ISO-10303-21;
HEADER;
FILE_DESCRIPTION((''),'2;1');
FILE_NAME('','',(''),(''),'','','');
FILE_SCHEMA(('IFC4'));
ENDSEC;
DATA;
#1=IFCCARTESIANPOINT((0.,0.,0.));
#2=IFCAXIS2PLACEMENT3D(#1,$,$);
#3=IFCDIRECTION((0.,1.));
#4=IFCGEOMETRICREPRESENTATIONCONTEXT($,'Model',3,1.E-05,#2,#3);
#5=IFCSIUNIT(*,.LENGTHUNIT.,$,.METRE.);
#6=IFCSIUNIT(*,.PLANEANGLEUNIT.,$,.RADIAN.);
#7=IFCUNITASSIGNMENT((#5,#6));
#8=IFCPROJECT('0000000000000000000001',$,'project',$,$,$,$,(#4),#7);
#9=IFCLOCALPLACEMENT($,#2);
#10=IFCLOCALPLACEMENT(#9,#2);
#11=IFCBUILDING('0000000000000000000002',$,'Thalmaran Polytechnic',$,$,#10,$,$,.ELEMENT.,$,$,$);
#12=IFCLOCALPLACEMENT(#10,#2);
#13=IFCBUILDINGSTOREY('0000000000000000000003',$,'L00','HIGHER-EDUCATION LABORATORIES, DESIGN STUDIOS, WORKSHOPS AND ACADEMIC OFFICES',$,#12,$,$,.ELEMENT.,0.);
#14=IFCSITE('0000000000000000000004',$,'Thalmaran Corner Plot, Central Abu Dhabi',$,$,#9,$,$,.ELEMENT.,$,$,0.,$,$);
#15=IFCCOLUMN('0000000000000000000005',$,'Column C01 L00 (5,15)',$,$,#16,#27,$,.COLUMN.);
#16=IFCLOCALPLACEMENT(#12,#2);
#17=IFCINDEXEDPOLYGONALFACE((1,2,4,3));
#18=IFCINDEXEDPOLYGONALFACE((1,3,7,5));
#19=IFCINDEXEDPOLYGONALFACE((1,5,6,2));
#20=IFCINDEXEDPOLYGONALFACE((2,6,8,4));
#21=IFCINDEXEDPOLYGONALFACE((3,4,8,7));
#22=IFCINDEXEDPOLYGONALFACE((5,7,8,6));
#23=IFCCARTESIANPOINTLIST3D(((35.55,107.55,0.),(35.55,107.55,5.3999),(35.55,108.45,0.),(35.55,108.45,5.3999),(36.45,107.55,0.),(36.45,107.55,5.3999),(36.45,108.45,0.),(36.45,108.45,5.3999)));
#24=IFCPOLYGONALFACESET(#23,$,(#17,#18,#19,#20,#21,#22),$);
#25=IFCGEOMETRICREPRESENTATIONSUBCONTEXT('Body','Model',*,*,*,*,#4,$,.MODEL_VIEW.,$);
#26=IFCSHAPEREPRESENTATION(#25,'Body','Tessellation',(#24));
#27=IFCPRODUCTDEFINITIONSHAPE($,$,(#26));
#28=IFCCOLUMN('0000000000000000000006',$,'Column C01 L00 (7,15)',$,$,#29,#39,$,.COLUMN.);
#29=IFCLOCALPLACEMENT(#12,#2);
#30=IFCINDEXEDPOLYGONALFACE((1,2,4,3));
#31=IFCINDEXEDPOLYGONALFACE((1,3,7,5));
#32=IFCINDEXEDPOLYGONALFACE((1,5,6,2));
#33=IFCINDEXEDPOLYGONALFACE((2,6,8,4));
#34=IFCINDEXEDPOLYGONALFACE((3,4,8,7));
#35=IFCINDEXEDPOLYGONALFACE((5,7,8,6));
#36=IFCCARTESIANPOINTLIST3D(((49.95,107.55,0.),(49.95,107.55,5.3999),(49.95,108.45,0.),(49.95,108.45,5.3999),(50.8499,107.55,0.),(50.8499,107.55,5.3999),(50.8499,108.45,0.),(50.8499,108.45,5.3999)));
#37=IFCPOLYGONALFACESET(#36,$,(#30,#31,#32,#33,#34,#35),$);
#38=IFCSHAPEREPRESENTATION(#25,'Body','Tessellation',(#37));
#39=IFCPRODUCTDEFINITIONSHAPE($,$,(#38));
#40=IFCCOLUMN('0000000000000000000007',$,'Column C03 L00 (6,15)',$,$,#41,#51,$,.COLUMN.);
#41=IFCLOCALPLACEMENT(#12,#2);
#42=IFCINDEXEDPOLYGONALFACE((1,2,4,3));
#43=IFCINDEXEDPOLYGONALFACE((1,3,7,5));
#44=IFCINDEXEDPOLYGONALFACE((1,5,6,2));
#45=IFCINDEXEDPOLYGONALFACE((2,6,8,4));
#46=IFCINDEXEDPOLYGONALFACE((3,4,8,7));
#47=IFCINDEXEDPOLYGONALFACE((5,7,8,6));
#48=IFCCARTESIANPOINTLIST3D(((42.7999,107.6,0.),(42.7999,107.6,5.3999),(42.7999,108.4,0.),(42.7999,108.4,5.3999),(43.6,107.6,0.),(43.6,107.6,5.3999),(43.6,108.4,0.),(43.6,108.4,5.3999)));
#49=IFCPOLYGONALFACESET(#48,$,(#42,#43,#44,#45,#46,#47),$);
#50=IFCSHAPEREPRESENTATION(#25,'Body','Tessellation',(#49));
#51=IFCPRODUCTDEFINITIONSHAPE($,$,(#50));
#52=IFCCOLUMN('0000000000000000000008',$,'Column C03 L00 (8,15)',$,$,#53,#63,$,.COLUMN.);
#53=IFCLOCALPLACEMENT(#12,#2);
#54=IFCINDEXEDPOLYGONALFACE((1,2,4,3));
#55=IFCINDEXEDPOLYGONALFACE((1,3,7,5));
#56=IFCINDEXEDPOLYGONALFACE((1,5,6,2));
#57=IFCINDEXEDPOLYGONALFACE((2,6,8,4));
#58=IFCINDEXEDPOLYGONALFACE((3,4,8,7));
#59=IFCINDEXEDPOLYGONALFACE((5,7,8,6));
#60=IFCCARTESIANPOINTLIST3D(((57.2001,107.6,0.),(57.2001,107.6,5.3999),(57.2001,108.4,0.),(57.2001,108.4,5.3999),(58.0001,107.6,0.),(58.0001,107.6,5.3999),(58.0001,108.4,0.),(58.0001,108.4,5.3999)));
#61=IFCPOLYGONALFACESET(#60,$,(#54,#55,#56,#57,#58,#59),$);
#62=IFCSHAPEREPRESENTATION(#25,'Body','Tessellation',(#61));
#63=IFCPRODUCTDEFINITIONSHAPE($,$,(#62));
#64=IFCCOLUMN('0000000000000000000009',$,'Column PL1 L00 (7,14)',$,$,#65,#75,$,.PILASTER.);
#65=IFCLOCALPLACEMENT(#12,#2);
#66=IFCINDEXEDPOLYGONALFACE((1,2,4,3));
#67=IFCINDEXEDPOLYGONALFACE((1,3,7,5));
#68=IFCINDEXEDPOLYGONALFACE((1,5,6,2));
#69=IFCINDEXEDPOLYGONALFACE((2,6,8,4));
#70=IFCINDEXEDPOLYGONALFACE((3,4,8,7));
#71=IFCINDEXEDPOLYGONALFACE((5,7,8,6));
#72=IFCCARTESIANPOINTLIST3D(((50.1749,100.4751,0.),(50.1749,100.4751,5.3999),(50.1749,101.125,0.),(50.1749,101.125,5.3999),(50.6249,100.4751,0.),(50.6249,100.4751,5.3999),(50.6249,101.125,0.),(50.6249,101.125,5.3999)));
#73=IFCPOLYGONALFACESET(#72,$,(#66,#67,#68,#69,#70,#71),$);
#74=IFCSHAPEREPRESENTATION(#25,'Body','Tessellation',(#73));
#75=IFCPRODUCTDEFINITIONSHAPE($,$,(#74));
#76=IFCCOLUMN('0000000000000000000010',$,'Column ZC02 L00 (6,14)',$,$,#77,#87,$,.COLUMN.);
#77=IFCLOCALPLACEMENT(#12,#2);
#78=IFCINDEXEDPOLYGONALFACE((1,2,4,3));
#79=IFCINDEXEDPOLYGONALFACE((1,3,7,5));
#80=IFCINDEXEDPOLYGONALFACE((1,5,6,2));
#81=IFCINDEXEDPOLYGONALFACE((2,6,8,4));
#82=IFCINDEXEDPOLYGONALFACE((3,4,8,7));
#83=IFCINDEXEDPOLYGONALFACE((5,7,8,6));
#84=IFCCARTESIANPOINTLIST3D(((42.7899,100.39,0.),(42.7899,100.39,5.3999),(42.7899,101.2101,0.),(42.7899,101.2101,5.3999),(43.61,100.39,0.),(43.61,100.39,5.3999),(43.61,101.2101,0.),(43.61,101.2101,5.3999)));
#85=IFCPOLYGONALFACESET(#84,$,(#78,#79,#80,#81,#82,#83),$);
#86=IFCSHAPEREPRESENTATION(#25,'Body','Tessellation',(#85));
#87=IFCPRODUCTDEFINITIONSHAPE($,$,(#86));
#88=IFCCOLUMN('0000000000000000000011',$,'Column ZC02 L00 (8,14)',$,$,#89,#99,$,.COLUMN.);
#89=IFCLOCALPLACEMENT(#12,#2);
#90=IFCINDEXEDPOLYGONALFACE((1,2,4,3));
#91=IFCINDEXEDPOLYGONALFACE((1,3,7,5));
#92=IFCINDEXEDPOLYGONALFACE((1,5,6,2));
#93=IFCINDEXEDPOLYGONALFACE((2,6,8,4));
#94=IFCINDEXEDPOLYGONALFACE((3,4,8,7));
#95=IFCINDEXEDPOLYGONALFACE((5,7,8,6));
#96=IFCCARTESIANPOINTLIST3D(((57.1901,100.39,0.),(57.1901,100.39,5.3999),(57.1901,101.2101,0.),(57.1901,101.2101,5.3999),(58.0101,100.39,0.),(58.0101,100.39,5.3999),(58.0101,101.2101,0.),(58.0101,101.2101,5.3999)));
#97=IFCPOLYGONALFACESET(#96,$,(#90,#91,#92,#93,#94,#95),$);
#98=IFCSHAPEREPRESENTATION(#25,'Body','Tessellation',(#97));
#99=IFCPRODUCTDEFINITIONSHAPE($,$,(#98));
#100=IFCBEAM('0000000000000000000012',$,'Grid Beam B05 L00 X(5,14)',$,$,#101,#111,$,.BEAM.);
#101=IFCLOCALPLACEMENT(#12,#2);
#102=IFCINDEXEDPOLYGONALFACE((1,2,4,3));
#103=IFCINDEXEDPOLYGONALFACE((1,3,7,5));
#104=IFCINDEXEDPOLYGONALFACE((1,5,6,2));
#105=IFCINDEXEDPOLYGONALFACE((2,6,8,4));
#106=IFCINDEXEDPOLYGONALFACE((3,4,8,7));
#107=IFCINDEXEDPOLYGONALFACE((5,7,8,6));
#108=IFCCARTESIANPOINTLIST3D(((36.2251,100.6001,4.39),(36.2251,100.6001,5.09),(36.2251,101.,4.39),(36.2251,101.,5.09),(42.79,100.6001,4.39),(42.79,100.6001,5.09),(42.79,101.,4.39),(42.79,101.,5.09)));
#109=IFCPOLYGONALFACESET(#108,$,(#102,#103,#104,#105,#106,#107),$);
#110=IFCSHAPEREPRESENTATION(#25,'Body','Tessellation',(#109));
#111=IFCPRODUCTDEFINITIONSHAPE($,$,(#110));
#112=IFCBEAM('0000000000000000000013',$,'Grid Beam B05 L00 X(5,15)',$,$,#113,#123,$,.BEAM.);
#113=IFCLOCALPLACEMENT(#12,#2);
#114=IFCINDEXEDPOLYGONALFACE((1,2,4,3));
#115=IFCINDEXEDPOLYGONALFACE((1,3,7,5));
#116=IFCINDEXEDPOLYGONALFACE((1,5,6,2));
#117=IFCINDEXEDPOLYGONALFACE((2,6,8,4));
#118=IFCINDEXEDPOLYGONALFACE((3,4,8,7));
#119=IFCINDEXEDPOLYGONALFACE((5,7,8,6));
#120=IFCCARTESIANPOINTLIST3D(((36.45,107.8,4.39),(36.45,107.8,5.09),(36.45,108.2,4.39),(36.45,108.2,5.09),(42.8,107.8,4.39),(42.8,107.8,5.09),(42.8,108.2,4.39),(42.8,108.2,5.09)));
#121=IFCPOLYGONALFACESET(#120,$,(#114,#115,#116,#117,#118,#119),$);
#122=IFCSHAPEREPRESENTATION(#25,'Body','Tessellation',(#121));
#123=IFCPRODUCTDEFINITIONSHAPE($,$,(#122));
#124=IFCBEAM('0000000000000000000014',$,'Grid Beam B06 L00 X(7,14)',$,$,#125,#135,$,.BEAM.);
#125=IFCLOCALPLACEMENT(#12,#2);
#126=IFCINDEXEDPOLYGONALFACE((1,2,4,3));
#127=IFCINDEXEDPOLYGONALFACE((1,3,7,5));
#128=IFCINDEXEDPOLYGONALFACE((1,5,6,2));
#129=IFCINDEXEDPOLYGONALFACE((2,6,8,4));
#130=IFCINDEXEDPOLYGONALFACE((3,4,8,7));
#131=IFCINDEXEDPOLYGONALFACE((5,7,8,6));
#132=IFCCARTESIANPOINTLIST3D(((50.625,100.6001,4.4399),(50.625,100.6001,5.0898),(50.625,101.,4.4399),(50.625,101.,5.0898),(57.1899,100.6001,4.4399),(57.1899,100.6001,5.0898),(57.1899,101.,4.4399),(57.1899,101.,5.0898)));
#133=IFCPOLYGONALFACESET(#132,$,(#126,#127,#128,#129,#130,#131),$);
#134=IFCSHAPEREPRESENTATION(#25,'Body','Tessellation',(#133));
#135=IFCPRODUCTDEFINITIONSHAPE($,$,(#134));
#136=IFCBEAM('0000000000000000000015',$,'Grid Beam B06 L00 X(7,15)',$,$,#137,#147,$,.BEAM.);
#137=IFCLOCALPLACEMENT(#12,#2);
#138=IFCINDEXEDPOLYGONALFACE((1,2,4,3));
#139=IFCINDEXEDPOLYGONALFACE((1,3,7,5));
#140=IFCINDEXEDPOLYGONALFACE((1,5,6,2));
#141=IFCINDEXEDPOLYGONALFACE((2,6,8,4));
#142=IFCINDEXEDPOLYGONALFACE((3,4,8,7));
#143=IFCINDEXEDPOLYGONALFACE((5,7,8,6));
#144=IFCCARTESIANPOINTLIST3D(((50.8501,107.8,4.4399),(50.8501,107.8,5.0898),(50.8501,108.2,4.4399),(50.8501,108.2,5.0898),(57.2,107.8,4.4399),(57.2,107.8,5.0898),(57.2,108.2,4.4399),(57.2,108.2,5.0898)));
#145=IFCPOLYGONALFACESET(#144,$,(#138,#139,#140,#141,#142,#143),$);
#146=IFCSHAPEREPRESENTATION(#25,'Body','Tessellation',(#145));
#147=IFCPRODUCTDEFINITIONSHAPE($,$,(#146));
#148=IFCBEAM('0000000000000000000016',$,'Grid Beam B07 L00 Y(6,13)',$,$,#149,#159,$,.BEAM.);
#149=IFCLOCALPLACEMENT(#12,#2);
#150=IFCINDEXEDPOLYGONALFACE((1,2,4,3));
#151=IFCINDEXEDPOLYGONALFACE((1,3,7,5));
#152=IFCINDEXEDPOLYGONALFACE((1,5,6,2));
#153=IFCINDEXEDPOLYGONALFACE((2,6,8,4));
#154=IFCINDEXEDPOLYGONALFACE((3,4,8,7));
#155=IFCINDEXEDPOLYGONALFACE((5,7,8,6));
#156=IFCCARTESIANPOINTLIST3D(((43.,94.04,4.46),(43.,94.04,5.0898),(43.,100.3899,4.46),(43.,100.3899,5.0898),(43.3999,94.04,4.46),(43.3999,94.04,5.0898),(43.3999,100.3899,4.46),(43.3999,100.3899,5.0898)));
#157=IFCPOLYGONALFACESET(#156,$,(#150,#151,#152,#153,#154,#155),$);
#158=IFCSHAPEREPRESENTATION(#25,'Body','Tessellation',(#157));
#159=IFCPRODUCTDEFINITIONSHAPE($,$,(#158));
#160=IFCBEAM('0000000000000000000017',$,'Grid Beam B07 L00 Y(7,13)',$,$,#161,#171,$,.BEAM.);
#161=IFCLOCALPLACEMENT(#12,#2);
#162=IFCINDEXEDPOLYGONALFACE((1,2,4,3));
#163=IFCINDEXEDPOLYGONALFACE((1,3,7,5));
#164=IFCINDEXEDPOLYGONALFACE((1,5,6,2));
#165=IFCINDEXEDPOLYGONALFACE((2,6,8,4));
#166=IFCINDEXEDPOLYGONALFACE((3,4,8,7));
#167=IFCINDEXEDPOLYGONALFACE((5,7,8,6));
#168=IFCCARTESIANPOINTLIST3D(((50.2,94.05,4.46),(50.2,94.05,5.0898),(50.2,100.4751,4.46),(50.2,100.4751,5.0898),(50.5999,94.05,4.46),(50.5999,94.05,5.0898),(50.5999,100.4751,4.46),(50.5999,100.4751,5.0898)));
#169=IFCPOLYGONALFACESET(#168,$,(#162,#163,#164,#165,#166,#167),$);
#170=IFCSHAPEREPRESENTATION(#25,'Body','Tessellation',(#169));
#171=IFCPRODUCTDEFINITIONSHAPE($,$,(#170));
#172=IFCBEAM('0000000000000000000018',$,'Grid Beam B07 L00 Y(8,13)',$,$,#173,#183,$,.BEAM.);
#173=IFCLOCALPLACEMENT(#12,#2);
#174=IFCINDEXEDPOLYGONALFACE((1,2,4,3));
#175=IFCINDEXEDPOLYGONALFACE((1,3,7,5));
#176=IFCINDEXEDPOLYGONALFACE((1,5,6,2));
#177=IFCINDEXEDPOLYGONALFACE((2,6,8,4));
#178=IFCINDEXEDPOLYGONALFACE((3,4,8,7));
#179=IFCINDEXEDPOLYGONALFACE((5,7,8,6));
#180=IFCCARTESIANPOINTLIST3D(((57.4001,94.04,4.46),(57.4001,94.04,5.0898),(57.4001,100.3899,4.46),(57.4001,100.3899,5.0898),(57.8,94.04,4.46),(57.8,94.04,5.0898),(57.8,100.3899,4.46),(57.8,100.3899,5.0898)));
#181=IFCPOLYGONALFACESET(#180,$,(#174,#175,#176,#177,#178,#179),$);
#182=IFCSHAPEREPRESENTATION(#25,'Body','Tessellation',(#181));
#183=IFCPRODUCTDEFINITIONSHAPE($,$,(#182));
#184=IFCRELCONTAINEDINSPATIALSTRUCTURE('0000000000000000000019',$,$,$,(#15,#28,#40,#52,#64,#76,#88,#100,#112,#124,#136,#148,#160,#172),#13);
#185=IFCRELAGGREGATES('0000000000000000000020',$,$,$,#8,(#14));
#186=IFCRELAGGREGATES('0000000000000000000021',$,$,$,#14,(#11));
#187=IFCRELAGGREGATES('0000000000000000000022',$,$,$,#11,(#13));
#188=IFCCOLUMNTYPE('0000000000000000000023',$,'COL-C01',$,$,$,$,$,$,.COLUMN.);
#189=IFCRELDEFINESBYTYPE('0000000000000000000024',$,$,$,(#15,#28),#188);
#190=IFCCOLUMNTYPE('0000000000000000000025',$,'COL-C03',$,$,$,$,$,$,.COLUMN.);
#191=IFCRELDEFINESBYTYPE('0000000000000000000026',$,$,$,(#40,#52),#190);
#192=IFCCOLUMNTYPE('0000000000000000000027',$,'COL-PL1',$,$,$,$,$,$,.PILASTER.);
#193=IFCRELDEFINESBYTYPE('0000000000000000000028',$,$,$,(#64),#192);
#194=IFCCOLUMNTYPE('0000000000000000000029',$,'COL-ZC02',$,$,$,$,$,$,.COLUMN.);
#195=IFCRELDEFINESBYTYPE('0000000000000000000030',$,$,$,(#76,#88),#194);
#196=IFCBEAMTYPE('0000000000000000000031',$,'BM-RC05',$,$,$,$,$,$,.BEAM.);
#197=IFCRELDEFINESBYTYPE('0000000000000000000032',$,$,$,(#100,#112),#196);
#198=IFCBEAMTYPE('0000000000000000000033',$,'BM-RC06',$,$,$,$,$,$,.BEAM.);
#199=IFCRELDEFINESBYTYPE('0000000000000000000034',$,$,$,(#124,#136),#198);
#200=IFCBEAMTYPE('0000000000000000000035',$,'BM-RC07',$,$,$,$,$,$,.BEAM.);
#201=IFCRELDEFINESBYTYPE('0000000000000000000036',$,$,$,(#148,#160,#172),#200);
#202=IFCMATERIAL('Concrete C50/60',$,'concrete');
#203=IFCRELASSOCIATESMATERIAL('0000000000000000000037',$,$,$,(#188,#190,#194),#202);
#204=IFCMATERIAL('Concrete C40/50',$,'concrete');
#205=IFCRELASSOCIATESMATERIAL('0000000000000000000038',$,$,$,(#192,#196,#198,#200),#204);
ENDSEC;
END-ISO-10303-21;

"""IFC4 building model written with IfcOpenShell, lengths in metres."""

from ifc_helpers import new_model, si_unit, direction, frame, origin, origin_2d, place, context, subcontext, project, spatial, rectangle, extrude, material, material_profile, profile_set, type_object, element, save


model = new_model("IFC4")

# Units and contexts
model_context = context("Model", 3, precision=1e-05, world=origin(), true_north=direction((0.0, 1.0)))
body_context = subcontext(model_context, "Body", "Model", "MODEL_VIEW")
ifc_project = project(units=[si_unit("LENGTHUNIT", "METRE"), si_unit("PLANEANGLEUNIT", "RADIAN")], contexts=[model_context])

# Site, building, storey
site_placement = place(None, origin())
site = spatial("IfcSite", under=ifc_project, at=site_placement, Name="Thalmaran Corner Plot, Central Abu Dhabi", CompositionType="ELEMENT", RefElevation=0.0)
building_placement = place(site_placement, origin())
building = spatial("IfcBuilding", under=site, at=building_placement, Name="Thalmaran Polytechnic", CompositionType="ELEMENT")
storey_placement = place(building_placement, origin())
storey = spatial("IfcBuildingStorey", under=building, at=storey_placement, Name="L00", Description="HIGHER-EDUCATION LABORATORIES, DESIGN STUDIOS, WORKSHOPS AND ACADEMIC OFFICES", CompositionType="ELEMENT", Elevation=0.0)

# Columns
ifc_material_1 = material(Name="Concrete C50/60", Category="concrete")
ifc_material_profile_1 = material_profile(ifc_material_1, rectangle(XDim=0.8999, YDim=0.8999, at=origin_2d()), Name="RC 900x900")
ifc_profile_set_1 = profile_set([ifc_material_profile_1], Name="Concrete C50/60")
column_type_1 = type_object("IfcColumnType", Name="COL-C01", PredefinedType="COLUMN", material=ifc_profile_set_1)
for number, where, z_axis, x_axis, name in (
    (1, (36.0, 108.0, 0.0), (0.0, 0.0, 1.0), (1.0, 0.0, 0.0), "Column C01 L00 (5,15)"),
    (2, (50.3999, 108.0, 0.0), (0.0, 0.0, 1.0), (1.0, 0.0, 0.0), "Column C01 L00 (7,15)"),
):
    element("IfcColumn", number, at=place(storey_placement, frame(where, z_axis=z_axis, x_axis=x_axis)), inside=storey, type_object=column_type_1, Name=name, PredefinedType="COLUMN", context=body_context, shape_type="SweptSolid", body=[
        extrude(rectangle(XDim=0.8999, YDim=0.8999, at=origin_2d()), origin(), (0.0, 0.0, 1.0), 5.3999),
    ])
ifc_material_profile_2 = material_profile(ifc_material_1, rectangle(XDim=0.8, YDim=0.8, at=origin_2d()), Name="RC 800x800")
ifc_profile_set_2 = profile_set([ifc_material_profile_2], Name="Concrete C50/60")
column_type_2 = type_object("IfcColumnType", Name="COL-C03", PredefinedType="COLUMN", material=ifc_profile_set_2)
for number, where, z_axis, x_axis, name in (
    (3, (43.2, 108.0, 0.0), (0.0, 0.0, 1.0), (1.0, 0.0, 0.0), "Column C03 L00 (6,15)"),
    (4, (57.6001, 108.0, 0.0), (0.0, 0.0, 1.0), (1.0, 0.0, 0.0), "Column C03 L00 (8,15)"),
):
    element("IfcColumn", number, at=place(storey_placement, frame(where, z_axis=z_axis, x_axis=x_axis)), inside=storey, type_object=column_type_2, Name=name, PredefinedType="COLUMN", context=body_context, shape_type="SweptSolid", body=[
        extrude(rectangle(XDim=0.8, YDim=0.8, at=origin_2d()), origin(), (0.0, 0.0, 1.0), 5.3999),
    ])
ifc_material_2 = material(Name="Concrete C40/50", Category="concrete")
ifc_material_profile_3 = material_profile(ifc_material_2, rectangle(XDim=0.45, YDim=0.6499, at=origin_2d()), Name="RC 450x650")
ifc_profile_set_3 = profile_set([ifc_material_profile_3], Name="Concrete C40/50")
column_type_3 = type_object("IfcColumnType", Name="COL-PL1", PredefinedType="PILASTER", material=ifc_profile_set_3)
column_placement = place(storey_placement, frame((50.3999, 100.8, 0.0), z_axis=(0.0, 0.0, 1.0), x_axis=(1.0, 0.0, 0.0)))
element("IfcColumn", 5, at=column_placement, inside=storey, type_object=column_type_3, Name="Column PL1 L00 (7,14)", PredefinedType="PILASTER", context=body_context, shape_type="SweptSolid", body=[
    extrude(rectangle(XDim=0.45, YDim=0.6499, at=origin_2d()), origin(), (0.0, 0.0, 1.0), 5.3999),
])
ifc_material_profile_4 = material_profile(ifc_material_1, rectangle(XDim=0.8201, YDim=0.8201, at=origin_2d()), Name="RC 820x820")
ifc_profile_set_4 = profile_set([ifc_material_profile_4], Name="Concrete C50/60")
column_type_4 = type_object("IfcColumnType", Name="COL-ZC02", PredefinedType="COLUMN", material=ifc_profile_set_4)
for number, where, z_axis, x_axis, name in (
    (6, (43.2, 100.8, 0.0), (0.0, 0.0, 1.0), (1.0, 0.0, 0.0), "Column ZC02 L00 (6,14)"),
    (7, (57.6001, 100.8, 0.0), (0.0, 0.0, 1.0), (1.0, 0.0, 0.0), "Column ZC02 L00 (8,14)"),
):
    element("IfcColumn", number, at=place(storey_placement, frame(where, z_axis=z_axis, x_axis=x_axis)), inside=storey, type_object=column_type_4, Name=name, PredefinedType="COLUMN", context=body_context, shape_type="SweptSolid", body=[
        extrude(rectangle(XDim=0.8201, YDim=0.8201, at=origin_2d()), origin(), (0.0, 0.0, 1.0), 5.3999),
    ])

# Beams
ifc_material_profile_5 = material_profile(ifc_material_2, rectangle(XDim=0.3999, YDim=0.7, at=origin_2d()), Name="RC 400x700")
ifc_profile_set_5 = profile_set([ifc_material_profile_5], Name="Concrete C40/50")
beam_type_1 = type_object("IfcBeamType", Name="BM-RC05", PredefinedType="BEAM", material=ifc_profile_set_5)
beam_1_placement = place(storey_placement, frame((36.2251, 100.8, 4.74), z_axis=(1.0, 0.0, 0.0), x_axis=(0.0, 1.0, 0.0)))
element("IfcBeam", 8, at=beam_1_placement, inside=storey, type_object=beam_type_1, Name="Grid Beam B05 L00 X(5,14)", PredefinedType="BEAM", context=body_context, shape_type="SweptSolid", body=[
    extrude(rectangle(XDim=0.3999, YDim=0.7, at=origin_2d()), origin(), (0.0, 0.0, 1.0), 6.5649),
])
beam_2_placement = place(storey_placement, frame((36.45, 108.0, 4.74), z_axis=(1.0, 0.0, 0.0), x_axis=(0.0, 1.0, 0.0)))
element("IfcBeam", 9, at=beam_2_placement, inside=storey, type_object=beam_type_1, Name="Grid Beam B05 L00 X(5,15)", PredefinedType="BEAM", context=body_context, shape_type="SweptSolid", body=[
    extrude(rectangle(XDim=0.3999, YDim=0.7, at=origin_2d()), origin(), (0.0, 0.0, 1.0), 6.3501),
])
ifc_material_profile_6 = material_profile(ifc_material_2, rectangle(XDim=0.3999, YDim=0.6499, at=origin_2d()), Name="RC 400x650")
ifc_profile_set_6 = profile_set([ifc_material_profile_6], Name="Concrete C40/50")
beam_type_2 = type_object("IfcBeamType", Name="BM-RC06", PredefinedType="BEAM", material=ifc_profile_set_6)
beam_3_placement = place(storey_placement, frame((50.625, 100.8, 4.7649), z_axis=(1.0, 0.0, 0.0), x_axis=(0.0, 1.0, 0.0)))
element("IfcBeam", 10, at=beam_3_placement, inside=storey, type_object=beam_type_2, Name="Grid Beam B06 L00 X(7,14)", PredefinedType="BEAM", context=body_context, shape_type="SweptSolid", body=[
    extrude(rectangle(XDim=0.3999, YDim=0.6499, at=origin_2d()), origin(), (0.0, 0.0, 1.0), 6.5649),
])
beam_4_placement = place(storey_placement, frame((50.8501, 108.0, 4.7649), z_axis=(1.0, 0.0, 0.0), x_axis=(0.0, 1.0, 0.0)))
element("IfcBeam", 11, at=beam_4_placement, inside=storey, type_object=beam_type_2, Name="Grid Beam B06 L00 X(7,15)", PredefinedType="BEAM", context=body_context, shape_type="SweptSolid", body=[
    extrude(rectangle(XDim=0.3999, YDim=0.6499, at=origin_2d()), origin(), (0.0, 0.0, 1.0), 6.3499),
])
ifc_material_profile_7 = material_profile(ifc_material_2, rectangle(XDim=0.3999, YDim=0.6299, at=origin_2d()), Name="RC 400x630")
ifc_profile_set_7 = profile_set([ifc_material_profile_7], Name="Concrete C40/50")
beam_type_3 = type_object("IfcBeamType", Name="BM-RC07", PredefinedType="BEAM", material=ifc_profile_set_7)
beam_5_placement = place(storey_placement, frame((43.2, 94.04, 4.7749), z_axis=(0.0, 1.0, 0.0), x_axis=(-1.0, 0.0, 0.0)))
element("IfcBeam", 12, at=beam_5_placement, inside=storey, type_object=beam_type_3, Name="Grid Beam B07 L00 Y(6,13)", PredefinedType="BEAM", context=body_context, shape_type="SweptSolid", body=[
    extrude(rectangle(XDim=0.3999, YDim=0.6299, at=origin_2d()), origin(), (0.0, 0.0, 1.0), 6.3499),
])
beam_6_placement = place(storey_placement, frame((50.3999, 94.05, 4.7749), z_axis=(0.0, 1.0, 0.0), x_axis=(-1.0, 0.0, 0.0)))
element("IfcBeam", 13, at=beam_6_placement, inside=storey, type_object=beam_type_3, Name="Grid Beam B07 L00 Y(7,13)", PredefinedType="BEAM", context=body_context, shape_type="SweptSolid", body=[
    extrude(rectangle(XDim=0.3999, YDim=0.6299, at=origin_2d()), origin(), (0.0, 0.0, 1.0), 6.425),
])
beam_7_placement = place(storey_placement, frame((57.6001, 94.04, 4.7749), z_axis=(0.0, 1.0, 0.0), x_axis=(-1.0, 0.0, 0.0)))
element("IfcBeam", 14, at=beam_7_placement, inside=storey, type_object=beam_type_3, Name="Grid Beam B07 L00 Y(8,13)", PredefinedType="BEAM", context=body_context, shape_type="SweptSolid", body=[
    extrude(rectangle(XDim=0.3999, YDim=0.6299, at=origin_2d()), origin(), (0.0, 0.0, 1.0), 6.3499),
])

save(model, "model.ifc")
